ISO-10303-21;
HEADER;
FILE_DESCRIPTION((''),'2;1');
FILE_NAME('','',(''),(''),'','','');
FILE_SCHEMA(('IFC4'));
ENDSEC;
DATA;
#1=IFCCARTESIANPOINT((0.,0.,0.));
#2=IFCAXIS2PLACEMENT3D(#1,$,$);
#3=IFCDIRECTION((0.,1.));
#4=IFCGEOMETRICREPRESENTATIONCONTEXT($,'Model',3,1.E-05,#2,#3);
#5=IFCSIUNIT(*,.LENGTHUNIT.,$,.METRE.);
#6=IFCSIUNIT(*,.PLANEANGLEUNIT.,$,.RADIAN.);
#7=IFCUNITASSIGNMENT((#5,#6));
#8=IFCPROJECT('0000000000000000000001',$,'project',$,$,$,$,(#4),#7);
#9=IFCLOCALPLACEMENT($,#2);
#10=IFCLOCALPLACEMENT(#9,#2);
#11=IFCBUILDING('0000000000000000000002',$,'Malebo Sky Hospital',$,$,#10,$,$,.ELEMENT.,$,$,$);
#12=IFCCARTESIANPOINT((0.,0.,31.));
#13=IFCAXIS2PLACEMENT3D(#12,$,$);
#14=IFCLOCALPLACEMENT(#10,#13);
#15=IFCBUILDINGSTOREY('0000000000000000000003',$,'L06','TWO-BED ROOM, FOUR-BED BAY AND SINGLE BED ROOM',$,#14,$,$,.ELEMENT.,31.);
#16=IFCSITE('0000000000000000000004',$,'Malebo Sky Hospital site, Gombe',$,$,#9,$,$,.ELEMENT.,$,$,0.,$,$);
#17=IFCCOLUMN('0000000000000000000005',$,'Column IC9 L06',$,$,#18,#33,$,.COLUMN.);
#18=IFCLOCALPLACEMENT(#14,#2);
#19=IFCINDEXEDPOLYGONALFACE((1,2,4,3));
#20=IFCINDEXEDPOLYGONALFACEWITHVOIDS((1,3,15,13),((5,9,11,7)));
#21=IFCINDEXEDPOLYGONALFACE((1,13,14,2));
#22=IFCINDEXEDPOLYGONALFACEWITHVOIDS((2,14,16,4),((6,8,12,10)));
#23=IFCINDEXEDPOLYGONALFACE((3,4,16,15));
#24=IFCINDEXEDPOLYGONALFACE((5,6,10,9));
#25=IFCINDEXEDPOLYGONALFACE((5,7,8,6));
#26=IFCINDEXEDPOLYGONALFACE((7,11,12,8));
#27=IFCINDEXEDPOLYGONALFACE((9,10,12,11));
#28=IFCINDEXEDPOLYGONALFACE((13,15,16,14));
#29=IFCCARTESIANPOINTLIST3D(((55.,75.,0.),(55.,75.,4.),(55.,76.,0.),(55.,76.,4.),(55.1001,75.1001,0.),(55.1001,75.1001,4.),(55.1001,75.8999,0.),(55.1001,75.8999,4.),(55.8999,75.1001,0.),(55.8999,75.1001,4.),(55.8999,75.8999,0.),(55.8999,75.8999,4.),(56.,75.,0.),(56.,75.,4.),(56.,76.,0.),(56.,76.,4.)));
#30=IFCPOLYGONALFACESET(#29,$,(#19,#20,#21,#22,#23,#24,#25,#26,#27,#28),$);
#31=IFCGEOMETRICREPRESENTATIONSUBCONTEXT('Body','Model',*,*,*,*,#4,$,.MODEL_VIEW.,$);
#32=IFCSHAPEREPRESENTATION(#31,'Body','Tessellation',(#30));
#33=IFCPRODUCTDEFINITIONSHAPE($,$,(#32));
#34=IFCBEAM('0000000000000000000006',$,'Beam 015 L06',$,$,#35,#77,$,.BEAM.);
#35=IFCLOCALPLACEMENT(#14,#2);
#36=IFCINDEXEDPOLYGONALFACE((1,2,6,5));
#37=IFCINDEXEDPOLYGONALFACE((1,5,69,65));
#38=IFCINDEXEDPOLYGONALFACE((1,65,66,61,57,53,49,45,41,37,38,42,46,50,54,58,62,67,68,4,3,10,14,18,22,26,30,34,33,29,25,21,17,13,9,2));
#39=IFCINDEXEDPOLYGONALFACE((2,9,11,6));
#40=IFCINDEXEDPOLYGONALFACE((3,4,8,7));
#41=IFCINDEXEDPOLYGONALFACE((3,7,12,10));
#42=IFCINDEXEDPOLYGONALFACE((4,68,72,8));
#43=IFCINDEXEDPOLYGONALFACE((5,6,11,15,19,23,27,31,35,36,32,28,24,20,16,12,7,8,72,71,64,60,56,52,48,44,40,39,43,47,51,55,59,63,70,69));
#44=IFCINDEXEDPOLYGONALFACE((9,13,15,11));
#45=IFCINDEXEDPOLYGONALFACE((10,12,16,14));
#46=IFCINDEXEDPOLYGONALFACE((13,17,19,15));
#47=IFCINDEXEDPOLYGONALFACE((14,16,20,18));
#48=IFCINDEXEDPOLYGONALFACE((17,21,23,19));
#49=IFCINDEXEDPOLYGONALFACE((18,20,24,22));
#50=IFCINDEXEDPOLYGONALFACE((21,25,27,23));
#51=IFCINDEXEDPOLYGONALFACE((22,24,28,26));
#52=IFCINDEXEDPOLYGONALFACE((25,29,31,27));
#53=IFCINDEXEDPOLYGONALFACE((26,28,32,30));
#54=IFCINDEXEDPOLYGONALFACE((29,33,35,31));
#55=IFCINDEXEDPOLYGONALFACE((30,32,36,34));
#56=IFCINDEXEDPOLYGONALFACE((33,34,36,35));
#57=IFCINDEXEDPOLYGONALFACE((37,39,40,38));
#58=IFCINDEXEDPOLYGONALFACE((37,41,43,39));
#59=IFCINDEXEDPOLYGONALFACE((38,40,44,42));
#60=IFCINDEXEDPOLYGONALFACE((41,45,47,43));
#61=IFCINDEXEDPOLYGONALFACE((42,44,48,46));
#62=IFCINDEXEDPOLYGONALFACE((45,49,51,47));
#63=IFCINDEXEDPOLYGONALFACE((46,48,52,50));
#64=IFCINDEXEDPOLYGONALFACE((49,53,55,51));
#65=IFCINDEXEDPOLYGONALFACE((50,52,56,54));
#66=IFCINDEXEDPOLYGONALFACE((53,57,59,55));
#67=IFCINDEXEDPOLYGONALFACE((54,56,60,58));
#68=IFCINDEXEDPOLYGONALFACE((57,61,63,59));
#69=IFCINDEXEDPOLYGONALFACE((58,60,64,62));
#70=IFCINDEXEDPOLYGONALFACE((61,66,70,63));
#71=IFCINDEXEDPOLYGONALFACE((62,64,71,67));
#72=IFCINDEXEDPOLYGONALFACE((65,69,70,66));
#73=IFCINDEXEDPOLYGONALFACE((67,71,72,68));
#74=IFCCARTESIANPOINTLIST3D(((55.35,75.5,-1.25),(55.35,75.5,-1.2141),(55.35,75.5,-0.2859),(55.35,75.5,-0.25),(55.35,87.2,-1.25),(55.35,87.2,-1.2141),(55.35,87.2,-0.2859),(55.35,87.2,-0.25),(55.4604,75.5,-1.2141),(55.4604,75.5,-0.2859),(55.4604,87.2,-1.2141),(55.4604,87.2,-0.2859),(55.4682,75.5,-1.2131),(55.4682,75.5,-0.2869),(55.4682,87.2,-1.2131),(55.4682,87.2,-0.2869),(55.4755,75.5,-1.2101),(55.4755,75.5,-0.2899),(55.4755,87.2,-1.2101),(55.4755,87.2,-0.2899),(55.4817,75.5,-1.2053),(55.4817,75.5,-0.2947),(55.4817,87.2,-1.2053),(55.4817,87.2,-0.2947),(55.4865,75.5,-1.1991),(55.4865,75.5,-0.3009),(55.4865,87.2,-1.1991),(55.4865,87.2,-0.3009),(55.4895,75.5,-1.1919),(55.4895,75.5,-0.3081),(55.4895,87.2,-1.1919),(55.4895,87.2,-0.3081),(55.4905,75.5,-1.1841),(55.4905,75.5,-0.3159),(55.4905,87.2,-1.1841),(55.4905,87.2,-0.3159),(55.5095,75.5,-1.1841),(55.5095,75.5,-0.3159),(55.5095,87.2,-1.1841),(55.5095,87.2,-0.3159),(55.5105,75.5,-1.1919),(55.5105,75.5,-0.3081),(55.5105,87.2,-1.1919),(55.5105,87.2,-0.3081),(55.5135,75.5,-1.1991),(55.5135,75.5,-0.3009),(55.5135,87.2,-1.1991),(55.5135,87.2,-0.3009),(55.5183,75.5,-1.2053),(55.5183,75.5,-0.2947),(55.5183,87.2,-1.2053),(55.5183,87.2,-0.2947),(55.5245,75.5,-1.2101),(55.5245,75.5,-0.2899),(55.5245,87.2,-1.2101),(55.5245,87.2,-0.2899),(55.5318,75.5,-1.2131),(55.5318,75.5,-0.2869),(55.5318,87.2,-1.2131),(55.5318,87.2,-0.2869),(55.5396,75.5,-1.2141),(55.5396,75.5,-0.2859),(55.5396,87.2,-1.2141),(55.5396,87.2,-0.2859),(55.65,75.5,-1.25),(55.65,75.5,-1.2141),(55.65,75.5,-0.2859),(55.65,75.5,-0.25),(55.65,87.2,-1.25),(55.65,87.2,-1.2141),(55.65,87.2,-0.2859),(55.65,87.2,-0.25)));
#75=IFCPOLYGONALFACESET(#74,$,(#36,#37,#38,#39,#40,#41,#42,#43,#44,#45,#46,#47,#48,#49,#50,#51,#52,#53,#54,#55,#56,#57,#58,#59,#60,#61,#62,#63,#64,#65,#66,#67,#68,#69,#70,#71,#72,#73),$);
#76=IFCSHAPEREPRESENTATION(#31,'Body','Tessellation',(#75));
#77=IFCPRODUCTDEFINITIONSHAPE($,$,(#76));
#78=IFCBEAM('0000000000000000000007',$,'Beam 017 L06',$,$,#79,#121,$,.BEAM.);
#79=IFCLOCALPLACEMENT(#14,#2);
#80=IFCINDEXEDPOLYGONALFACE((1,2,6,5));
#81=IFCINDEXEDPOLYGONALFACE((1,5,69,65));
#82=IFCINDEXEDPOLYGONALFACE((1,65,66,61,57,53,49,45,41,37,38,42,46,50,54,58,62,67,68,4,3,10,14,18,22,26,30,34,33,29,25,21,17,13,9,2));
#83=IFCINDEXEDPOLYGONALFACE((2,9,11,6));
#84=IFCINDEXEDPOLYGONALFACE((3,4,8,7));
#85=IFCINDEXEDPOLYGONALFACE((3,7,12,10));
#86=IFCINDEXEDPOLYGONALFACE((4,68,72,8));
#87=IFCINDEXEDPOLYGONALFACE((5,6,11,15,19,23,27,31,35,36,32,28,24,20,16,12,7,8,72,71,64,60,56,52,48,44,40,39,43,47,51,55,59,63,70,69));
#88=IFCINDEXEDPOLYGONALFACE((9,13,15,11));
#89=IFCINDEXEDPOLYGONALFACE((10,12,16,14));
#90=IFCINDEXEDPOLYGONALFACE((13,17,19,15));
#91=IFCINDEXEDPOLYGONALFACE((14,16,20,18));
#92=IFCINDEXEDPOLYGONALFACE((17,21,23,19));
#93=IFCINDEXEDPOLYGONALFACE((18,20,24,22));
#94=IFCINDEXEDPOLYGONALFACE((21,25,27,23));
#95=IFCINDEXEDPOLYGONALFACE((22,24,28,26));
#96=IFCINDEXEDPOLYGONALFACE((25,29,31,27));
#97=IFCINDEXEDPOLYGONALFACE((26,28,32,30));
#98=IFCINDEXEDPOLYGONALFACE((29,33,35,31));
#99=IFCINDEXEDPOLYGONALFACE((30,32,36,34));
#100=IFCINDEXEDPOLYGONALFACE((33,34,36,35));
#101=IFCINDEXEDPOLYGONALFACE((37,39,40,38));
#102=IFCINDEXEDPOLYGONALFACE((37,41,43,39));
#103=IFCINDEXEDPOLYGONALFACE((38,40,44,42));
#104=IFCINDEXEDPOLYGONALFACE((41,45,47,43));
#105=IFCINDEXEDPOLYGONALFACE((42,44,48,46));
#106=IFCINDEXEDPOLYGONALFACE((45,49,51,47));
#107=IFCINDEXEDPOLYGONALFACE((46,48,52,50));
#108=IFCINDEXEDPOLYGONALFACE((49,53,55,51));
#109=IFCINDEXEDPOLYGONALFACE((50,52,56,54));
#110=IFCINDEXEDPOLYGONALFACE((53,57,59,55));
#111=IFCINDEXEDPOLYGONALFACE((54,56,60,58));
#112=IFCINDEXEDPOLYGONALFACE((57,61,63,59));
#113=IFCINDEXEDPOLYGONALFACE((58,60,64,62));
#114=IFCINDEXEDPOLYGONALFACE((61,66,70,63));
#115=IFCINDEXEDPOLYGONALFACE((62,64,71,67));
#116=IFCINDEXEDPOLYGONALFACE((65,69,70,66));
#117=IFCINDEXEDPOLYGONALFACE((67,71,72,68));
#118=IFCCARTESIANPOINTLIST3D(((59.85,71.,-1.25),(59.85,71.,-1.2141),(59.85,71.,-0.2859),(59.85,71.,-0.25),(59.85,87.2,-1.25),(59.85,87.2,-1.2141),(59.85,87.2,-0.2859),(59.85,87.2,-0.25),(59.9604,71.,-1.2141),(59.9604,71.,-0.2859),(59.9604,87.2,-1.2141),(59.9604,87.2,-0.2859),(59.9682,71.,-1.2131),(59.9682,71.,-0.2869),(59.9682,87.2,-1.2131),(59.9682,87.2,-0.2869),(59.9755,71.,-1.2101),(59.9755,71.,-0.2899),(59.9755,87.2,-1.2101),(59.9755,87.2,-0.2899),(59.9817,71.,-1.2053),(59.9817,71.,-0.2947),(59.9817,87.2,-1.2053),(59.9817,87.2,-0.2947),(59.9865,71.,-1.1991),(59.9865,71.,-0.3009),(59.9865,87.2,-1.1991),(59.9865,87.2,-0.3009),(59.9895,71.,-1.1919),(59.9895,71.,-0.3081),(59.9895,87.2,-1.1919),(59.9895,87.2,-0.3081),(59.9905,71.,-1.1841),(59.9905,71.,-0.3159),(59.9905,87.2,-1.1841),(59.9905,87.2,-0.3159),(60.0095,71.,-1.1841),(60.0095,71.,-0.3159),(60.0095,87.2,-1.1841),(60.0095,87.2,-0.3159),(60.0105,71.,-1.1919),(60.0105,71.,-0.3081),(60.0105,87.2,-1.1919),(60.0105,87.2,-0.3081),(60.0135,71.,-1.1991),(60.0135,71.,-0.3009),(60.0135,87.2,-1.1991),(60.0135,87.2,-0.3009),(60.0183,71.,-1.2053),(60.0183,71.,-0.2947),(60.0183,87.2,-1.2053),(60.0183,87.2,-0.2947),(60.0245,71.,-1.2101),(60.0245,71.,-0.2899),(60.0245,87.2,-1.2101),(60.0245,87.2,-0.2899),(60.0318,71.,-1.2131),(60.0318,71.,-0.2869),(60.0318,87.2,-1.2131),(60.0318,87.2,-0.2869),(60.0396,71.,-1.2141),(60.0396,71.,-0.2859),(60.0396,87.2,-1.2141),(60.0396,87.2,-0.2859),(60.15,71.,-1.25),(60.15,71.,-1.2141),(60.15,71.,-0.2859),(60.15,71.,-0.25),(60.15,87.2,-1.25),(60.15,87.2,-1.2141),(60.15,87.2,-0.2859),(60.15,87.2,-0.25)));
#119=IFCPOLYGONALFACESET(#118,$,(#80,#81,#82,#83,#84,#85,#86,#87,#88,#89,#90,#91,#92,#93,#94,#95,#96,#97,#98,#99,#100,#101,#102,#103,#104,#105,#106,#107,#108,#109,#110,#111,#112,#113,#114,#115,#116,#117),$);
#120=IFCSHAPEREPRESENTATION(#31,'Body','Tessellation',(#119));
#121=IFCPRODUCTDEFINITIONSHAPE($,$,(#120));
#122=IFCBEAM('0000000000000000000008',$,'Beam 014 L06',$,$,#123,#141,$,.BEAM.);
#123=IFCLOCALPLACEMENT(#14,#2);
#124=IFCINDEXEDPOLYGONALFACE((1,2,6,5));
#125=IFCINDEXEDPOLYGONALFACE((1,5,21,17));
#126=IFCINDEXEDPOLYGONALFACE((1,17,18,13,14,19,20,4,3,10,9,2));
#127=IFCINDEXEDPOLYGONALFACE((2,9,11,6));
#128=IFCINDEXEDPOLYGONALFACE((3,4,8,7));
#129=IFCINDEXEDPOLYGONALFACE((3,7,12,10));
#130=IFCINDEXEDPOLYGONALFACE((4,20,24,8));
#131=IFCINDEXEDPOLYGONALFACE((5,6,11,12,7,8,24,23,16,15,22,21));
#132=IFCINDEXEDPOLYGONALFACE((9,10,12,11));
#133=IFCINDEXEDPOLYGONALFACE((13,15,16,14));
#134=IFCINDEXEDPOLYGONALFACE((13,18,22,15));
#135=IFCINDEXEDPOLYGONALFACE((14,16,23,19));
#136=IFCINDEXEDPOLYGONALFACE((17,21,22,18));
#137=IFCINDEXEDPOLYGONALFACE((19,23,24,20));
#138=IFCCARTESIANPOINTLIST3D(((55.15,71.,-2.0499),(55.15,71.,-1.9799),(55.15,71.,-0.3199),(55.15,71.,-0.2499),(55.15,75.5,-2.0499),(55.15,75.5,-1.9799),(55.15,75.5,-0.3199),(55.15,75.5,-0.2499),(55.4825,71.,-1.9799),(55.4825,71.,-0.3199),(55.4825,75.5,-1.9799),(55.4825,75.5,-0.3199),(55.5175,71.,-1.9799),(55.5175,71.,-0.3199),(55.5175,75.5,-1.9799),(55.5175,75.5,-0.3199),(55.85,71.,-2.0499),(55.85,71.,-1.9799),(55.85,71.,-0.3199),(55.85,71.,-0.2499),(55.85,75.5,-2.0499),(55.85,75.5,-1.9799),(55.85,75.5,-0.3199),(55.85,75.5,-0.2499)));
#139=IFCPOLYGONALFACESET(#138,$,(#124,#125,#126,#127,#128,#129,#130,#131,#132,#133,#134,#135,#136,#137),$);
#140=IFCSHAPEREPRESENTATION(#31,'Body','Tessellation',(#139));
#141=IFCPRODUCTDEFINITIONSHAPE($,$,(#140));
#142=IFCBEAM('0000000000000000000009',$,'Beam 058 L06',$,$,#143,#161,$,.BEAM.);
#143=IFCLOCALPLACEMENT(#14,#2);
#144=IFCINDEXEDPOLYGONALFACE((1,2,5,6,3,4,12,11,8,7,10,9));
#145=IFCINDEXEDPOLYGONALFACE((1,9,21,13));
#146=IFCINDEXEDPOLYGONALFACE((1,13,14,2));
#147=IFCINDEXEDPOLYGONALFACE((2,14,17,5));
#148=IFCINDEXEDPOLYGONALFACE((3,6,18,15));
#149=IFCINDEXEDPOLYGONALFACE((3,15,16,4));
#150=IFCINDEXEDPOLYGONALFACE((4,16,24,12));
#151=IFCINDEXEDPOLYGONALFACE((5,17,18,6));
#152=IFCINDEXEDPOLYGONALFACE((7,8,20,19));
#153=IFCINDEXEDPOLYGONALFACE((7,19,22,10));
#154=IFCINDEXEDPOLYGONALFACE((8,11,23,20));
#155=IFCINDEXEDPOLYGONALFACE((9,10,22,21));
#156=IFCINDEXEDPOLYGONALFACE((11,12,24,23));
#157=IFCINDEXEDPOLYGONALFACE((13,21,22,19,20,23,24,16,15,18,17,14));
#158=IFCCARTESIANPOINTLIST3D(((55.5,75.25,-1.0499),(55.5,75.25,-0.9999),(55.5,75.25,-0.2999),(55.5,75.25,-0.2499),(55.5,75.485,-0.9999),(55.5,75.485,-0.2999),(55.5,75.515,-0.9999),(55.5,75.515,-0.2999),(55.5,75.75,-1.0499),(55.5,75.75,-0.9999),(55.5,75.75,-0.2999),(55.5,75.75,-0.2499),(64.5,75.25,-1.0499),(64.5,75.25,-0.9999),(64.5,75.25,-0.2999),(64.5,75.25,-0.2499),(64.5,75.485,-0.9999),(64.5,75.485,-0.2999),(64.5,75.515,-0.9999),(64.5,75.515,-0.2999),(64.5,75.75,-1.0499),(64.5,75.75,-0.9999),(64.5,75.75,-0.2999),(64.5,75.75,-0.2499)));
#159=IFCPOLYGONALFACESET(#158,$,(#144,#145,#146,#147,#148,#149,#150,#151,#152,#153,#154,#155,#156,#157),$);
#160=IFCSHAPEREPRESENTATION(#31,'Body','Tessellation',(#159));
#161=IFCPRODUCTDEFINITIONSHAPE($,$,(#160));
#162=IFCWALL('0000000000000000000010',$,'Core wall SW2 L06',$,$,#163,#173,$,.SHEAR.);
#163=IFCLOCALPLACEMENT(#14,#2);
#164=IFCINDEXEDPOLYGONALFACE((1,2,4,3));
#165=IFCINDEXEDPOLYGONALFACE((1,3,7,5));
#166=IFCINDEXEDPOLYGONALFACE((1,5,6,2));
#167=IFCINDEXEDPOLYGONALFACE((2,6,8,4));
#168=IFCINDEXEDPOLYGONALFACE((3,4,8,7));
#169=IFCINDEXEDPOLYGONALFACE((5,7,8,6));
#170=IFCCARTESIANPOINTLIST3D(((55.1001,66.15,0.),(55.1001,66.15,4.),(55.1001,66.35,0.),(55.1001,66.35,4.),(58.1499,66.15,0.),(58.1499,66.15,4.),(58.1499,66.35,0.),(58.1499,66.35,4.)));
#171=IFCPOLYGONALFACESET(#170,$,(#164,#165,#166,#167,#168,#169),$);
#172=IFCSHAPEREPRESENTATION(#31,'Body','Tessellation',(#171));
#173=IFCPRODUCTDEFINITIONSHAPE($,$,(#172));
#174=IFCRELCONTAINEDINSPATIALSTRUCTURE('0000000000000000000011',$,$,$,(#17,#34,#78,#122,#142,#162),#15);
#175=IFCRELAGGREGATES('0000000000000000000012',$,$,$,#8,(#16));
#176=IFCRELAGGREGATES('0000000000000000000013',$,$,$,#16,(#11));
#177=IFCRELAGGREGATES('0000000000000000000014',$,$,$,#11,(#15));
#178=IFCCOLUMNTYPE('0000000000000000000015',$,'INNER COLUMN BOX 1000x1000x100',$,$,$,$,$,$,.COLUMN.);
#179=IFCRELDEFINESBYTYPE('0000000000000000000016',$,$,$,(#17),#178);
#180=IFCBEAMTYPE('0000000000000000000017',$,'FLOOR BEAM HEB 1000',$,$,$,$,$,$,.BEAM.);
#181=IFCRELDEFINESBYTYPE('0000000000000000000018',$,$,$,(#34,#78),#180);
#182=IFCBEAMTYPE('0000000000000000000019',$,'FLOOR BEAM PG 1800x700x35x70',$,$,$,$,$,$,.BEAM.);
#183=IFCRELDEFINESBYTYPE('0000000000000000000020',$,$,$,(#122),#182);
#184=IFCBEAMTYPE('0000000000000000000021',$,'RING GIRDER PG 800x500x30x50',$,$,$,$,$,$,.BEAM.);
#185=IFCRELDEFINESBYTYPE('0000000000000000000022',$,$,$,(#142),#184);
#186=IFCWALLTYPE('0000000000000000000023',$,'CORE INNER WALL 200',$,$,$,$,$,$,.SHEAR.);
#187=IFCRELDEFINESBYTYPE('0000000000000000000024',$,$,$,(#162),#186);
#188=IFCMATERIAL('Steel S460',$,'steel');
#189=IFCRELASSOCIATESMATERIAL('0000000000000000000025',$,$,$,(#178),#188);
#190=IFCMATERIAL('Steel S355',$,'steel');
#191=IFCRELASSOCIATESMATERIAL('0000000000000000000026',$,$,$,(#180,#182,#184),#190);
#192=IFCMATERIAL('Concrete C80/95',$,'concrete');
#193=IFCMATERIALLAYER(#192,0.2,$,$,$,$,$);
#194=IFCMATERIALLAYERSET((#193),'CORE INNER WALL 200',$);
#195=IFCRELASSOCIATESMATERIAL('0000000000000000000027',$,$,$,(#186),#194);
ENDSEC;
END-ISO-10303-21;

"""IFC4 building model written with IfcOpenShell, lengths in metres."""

from ifc_helpers import new_model, si_unit, direction, frame, frame_2d, origin, origin_2d, place, context, subcontext, project, spatial, rectangle, hollow_rectangle, i_section, extrude, material, layer, layer_set, material_profile, profile_set, type_object, element, save


model = new_model("IFC4")

# Units and contexts
model_context = context("Model", 3, precision=1e-05, world=origin(), true_north=direction((0.0, 1.0)))
body_context = subcontext(model_context, "Body", "Model", "MODEL_VIEW")
ifc_project = project(units=[si_unit("LENGTHUNIT", "METRE"), si_unit("PLANEANGLEUNIT", "RADIAN")], contexts=[model_context])

# Site, building, storey
site_placement = place(None, origin())
site = spatial("IfcSite", under=ifc_project, at=site_placement, Name="Malebo Sky Hospital site, Gombe", CompositionType="ELEMENT", RefElevation=0.0)
building_placement = place(site_placement, origin())
building = spatial("IfcBuilding", under=site, at=building_placement, Name="Malebo Sky Hospital", CompositionType="ELEMENT")
storey_placement = place(building_placement, frame((0.0, 0.0, 31.0)))
storey = spatial("IfcBuildingStorey", under=building, at=storey_placement, Name="L06", Description="TWO-BED ROOM, FOUR-BED BAY AND SINGLE BED ROOM", CompositionType="ELEMENT", Elevation=31.0)

# Column
ifc_material_1 = material(Name="Steel S460", Category="steel")
ifc_material_profile_1 = material_profile(ifc_material_1, hollow_rectangle(XDim=1.0, YDim=1.0, WallThickness=0.1001, at=origin_2d()), Name="BOX 1000x1000x100")
ifc_profile_set_1 = profile_set([ifc_material_profile_1], Name="Steel S460")
column_type = type_object("IfcColumnType", Name="INNER COLUMN BOX 1000x1000x100", PredefinedType="COLUMN", material=ifc_profile_set_1)
column_placement = place(storey_placement, frame((55.5, 75.5, 0.0), z_axis=(0.0, 0.0, 1.0), x_axis=(1.0, 0.0, 0.0)))
element("IfcColumn", 1, at=column_placement, inside=storey, type_object=column_type, Name="Column IC9 L06", PredefinedType="COLUMN", context=body_context, shape_type="SweptSolid", body=[
    extrude(hollow_rectangle(XDim=1.0, YDim=1.0, WallThickness=0.1001, at=origin_2d()), origin(), (0.0, 0.0, 1.0), 4.0),
])

# Beams
ifc_material_2 = material(Name="Steel S355", Category="steel")
ifc_material_profile_2 = material_profile(ifc_material_2, i_section(OverallWidth=0.3, OverallDepth=1.0, WebThickness=0.019, FlangeThickness=0.0359, FilletRadius=0.03, at=origin_2d()), Name="HEB 1000")
ifc_profile_set_2 = profile_set([ifc_material_profile_2], Name="Steel S355")
beam_type_1 = type_object("IfcBeamType", Name="FLOOR BEAM HEB 1000", PredefinedType="BEAM", material=ifc_profile_set_2)
beam_1_placement = place(storey_placement, frame((55.5, 75.5, -0.75), z_axis=(0.0, 1.0, 0.0), x_axis=(-1.0, 0.0, 0.0)))
element("IfcBeam", 2, at=beam_1_placement, inside=storey, type_object=beam_type_1, Name="Beam 015 L06", PredefinedType="BEAM", context=body_context, shape_type="SweptSolid", body=[
    extrude(i_section(OverallWidth=0.3, OverallDepth=1.0, WebThickness=0.019, FlangeThickness=0.0359, FilletRadius=0.03, at=origin_2d()), origin(), (0.0, 0.0, 1.0), 11.7),
])
beam_2_placement = place(storey_placement, frame((60.0, 71.0, -0.75), z_axis=(0.0, 1.0, 0.0), x_axis=(-1.0, 0.0, 0.0)))
element("IfcBeam", 3, at=beam_2_placement, inside=storey, type_object=beam_type_1, Name="Beam 017 L06", PredefinedType="BEAM", context=body_context, shape_type="SweptSolid", body=[
    extrude(i_section(OverallWidth=0.3, OverallDepth=1.0, WebThickness=0.019, FlangeThickness=0.0359, FilletRadius=0.03, at=origin_2d()), origin(), (0.0, 0.0, 1.0), 16.2),
])
ifc_material_profile_3 = material_profile(ifc_material_2, i_section(OverallWidth=0.7, OverallDepth=1.8, WebThickness=0.0349, FlangeThickness=0.0701, at=origin_2d()), Name="PG 1800x700x35x70")
ifc_profile_set_3 = profile_set([ifc_material_profile_3], Name="Steel S355")
beam_type_2 = type_object("IfcBeamType", Name="FLOOR BEAM PG 1800x700x35x70", PredefinedType="BEAM", material=ifc_profile_set_3)
beam_3_placement = place(storey_placement, frame((55.5, 71.0, -1.1499), z_axis=(0.0, 1.0, 0.0), x_axis=(-1.0, 0.0, 0.0)))
element("IfcBeam", 4, at=beam_3_placement, inside=storey, type_object=beam_type_2, Name="Beam 014 L06", PredefinedType="BEAM", context=body_context, shape_type="SweptSolid", body=[
    extrude(i_section(OverallWidth=0.7, OverallDepth=1.8, WebThickness=0.0349, FlangeThickness=0.0701, at=origin_2d()), origin(), (0.0, 0.0, 1.0), 4.5),
])
ifc_material_profile_4 = material_profile(ifc_material_2, i_section(OverallWidth=0.5, OverallDepth=0.8, WebThickness=0.03, FlangeThickness=0.05, at=origin_2d()), Name="PG 800x500x30x50")
ifc_profile_set_4 = profile_set([ifc_material_profile_4], Name="Steel S355")
beam_type_3 = type_object("IfcBeamType", Name="RING GIRDER PG 800x500x30x50", PredefinedType="BEAM", material=ifc_profile_set_4)
beam_4_placement = place(storey_placement, frame((55.5, 75.5, -0.6499), z_axis=(1.0, 0.0, 0.0), x_axis=(0.0, 1.0, 0.0)))
element("IfcBeam", 5, at=beam_4_placement, inside=storey, type_object=beam_type_3, Name="Beam 058 L06", PredefinedType="BEAM", context=body_context, shape_type="SweptSolid", body=[
    extrude(i_section(OverallWidth=0.5, OverallDepth=0.8, WebThickness=0.03, FlangeThickness=0.05, at=origin_2d()), origin(), (0.0, 0.0, 1.0), 9.0),
])

# Wall
ifc_material_3 = material(Name="Concrete C80/95", Category="concrete")
ifc_layer_1 = layer(ifc_material_3, 0.2)
ifc_layer_set_1 = layer_set([ifc_layer_1], Name="CORE INNER WALL 200")
wall_type_1 = type_object("IfcWallType", Name="CORE INNER WALL 200", PredefinedType="SHEAR", material=ifc_layer_set_1)
wall_1_placement = place(storey_placement, frame((55.1001, 66.25, 0.0), z_axis=(0.0, 0.0, 1.0), x_axis=(1.0, 0.0, 0.0)))
element("IfcWall", 6, at=wall_1_placement, inside=storey, type_object=wall_type_1, Name="Core wall SW2 L06", PredefinedType="SHEAR", context=body_context, shape_type="SweptSolid", body=[
    extrude(rectangle(XDim=3.0498, YDim=0.2, at=frame_2d((1.5249, 0.0))), origin(), (0.0, 0.0, 1.0), 4.0),
])

save(model, "model.ifc")
